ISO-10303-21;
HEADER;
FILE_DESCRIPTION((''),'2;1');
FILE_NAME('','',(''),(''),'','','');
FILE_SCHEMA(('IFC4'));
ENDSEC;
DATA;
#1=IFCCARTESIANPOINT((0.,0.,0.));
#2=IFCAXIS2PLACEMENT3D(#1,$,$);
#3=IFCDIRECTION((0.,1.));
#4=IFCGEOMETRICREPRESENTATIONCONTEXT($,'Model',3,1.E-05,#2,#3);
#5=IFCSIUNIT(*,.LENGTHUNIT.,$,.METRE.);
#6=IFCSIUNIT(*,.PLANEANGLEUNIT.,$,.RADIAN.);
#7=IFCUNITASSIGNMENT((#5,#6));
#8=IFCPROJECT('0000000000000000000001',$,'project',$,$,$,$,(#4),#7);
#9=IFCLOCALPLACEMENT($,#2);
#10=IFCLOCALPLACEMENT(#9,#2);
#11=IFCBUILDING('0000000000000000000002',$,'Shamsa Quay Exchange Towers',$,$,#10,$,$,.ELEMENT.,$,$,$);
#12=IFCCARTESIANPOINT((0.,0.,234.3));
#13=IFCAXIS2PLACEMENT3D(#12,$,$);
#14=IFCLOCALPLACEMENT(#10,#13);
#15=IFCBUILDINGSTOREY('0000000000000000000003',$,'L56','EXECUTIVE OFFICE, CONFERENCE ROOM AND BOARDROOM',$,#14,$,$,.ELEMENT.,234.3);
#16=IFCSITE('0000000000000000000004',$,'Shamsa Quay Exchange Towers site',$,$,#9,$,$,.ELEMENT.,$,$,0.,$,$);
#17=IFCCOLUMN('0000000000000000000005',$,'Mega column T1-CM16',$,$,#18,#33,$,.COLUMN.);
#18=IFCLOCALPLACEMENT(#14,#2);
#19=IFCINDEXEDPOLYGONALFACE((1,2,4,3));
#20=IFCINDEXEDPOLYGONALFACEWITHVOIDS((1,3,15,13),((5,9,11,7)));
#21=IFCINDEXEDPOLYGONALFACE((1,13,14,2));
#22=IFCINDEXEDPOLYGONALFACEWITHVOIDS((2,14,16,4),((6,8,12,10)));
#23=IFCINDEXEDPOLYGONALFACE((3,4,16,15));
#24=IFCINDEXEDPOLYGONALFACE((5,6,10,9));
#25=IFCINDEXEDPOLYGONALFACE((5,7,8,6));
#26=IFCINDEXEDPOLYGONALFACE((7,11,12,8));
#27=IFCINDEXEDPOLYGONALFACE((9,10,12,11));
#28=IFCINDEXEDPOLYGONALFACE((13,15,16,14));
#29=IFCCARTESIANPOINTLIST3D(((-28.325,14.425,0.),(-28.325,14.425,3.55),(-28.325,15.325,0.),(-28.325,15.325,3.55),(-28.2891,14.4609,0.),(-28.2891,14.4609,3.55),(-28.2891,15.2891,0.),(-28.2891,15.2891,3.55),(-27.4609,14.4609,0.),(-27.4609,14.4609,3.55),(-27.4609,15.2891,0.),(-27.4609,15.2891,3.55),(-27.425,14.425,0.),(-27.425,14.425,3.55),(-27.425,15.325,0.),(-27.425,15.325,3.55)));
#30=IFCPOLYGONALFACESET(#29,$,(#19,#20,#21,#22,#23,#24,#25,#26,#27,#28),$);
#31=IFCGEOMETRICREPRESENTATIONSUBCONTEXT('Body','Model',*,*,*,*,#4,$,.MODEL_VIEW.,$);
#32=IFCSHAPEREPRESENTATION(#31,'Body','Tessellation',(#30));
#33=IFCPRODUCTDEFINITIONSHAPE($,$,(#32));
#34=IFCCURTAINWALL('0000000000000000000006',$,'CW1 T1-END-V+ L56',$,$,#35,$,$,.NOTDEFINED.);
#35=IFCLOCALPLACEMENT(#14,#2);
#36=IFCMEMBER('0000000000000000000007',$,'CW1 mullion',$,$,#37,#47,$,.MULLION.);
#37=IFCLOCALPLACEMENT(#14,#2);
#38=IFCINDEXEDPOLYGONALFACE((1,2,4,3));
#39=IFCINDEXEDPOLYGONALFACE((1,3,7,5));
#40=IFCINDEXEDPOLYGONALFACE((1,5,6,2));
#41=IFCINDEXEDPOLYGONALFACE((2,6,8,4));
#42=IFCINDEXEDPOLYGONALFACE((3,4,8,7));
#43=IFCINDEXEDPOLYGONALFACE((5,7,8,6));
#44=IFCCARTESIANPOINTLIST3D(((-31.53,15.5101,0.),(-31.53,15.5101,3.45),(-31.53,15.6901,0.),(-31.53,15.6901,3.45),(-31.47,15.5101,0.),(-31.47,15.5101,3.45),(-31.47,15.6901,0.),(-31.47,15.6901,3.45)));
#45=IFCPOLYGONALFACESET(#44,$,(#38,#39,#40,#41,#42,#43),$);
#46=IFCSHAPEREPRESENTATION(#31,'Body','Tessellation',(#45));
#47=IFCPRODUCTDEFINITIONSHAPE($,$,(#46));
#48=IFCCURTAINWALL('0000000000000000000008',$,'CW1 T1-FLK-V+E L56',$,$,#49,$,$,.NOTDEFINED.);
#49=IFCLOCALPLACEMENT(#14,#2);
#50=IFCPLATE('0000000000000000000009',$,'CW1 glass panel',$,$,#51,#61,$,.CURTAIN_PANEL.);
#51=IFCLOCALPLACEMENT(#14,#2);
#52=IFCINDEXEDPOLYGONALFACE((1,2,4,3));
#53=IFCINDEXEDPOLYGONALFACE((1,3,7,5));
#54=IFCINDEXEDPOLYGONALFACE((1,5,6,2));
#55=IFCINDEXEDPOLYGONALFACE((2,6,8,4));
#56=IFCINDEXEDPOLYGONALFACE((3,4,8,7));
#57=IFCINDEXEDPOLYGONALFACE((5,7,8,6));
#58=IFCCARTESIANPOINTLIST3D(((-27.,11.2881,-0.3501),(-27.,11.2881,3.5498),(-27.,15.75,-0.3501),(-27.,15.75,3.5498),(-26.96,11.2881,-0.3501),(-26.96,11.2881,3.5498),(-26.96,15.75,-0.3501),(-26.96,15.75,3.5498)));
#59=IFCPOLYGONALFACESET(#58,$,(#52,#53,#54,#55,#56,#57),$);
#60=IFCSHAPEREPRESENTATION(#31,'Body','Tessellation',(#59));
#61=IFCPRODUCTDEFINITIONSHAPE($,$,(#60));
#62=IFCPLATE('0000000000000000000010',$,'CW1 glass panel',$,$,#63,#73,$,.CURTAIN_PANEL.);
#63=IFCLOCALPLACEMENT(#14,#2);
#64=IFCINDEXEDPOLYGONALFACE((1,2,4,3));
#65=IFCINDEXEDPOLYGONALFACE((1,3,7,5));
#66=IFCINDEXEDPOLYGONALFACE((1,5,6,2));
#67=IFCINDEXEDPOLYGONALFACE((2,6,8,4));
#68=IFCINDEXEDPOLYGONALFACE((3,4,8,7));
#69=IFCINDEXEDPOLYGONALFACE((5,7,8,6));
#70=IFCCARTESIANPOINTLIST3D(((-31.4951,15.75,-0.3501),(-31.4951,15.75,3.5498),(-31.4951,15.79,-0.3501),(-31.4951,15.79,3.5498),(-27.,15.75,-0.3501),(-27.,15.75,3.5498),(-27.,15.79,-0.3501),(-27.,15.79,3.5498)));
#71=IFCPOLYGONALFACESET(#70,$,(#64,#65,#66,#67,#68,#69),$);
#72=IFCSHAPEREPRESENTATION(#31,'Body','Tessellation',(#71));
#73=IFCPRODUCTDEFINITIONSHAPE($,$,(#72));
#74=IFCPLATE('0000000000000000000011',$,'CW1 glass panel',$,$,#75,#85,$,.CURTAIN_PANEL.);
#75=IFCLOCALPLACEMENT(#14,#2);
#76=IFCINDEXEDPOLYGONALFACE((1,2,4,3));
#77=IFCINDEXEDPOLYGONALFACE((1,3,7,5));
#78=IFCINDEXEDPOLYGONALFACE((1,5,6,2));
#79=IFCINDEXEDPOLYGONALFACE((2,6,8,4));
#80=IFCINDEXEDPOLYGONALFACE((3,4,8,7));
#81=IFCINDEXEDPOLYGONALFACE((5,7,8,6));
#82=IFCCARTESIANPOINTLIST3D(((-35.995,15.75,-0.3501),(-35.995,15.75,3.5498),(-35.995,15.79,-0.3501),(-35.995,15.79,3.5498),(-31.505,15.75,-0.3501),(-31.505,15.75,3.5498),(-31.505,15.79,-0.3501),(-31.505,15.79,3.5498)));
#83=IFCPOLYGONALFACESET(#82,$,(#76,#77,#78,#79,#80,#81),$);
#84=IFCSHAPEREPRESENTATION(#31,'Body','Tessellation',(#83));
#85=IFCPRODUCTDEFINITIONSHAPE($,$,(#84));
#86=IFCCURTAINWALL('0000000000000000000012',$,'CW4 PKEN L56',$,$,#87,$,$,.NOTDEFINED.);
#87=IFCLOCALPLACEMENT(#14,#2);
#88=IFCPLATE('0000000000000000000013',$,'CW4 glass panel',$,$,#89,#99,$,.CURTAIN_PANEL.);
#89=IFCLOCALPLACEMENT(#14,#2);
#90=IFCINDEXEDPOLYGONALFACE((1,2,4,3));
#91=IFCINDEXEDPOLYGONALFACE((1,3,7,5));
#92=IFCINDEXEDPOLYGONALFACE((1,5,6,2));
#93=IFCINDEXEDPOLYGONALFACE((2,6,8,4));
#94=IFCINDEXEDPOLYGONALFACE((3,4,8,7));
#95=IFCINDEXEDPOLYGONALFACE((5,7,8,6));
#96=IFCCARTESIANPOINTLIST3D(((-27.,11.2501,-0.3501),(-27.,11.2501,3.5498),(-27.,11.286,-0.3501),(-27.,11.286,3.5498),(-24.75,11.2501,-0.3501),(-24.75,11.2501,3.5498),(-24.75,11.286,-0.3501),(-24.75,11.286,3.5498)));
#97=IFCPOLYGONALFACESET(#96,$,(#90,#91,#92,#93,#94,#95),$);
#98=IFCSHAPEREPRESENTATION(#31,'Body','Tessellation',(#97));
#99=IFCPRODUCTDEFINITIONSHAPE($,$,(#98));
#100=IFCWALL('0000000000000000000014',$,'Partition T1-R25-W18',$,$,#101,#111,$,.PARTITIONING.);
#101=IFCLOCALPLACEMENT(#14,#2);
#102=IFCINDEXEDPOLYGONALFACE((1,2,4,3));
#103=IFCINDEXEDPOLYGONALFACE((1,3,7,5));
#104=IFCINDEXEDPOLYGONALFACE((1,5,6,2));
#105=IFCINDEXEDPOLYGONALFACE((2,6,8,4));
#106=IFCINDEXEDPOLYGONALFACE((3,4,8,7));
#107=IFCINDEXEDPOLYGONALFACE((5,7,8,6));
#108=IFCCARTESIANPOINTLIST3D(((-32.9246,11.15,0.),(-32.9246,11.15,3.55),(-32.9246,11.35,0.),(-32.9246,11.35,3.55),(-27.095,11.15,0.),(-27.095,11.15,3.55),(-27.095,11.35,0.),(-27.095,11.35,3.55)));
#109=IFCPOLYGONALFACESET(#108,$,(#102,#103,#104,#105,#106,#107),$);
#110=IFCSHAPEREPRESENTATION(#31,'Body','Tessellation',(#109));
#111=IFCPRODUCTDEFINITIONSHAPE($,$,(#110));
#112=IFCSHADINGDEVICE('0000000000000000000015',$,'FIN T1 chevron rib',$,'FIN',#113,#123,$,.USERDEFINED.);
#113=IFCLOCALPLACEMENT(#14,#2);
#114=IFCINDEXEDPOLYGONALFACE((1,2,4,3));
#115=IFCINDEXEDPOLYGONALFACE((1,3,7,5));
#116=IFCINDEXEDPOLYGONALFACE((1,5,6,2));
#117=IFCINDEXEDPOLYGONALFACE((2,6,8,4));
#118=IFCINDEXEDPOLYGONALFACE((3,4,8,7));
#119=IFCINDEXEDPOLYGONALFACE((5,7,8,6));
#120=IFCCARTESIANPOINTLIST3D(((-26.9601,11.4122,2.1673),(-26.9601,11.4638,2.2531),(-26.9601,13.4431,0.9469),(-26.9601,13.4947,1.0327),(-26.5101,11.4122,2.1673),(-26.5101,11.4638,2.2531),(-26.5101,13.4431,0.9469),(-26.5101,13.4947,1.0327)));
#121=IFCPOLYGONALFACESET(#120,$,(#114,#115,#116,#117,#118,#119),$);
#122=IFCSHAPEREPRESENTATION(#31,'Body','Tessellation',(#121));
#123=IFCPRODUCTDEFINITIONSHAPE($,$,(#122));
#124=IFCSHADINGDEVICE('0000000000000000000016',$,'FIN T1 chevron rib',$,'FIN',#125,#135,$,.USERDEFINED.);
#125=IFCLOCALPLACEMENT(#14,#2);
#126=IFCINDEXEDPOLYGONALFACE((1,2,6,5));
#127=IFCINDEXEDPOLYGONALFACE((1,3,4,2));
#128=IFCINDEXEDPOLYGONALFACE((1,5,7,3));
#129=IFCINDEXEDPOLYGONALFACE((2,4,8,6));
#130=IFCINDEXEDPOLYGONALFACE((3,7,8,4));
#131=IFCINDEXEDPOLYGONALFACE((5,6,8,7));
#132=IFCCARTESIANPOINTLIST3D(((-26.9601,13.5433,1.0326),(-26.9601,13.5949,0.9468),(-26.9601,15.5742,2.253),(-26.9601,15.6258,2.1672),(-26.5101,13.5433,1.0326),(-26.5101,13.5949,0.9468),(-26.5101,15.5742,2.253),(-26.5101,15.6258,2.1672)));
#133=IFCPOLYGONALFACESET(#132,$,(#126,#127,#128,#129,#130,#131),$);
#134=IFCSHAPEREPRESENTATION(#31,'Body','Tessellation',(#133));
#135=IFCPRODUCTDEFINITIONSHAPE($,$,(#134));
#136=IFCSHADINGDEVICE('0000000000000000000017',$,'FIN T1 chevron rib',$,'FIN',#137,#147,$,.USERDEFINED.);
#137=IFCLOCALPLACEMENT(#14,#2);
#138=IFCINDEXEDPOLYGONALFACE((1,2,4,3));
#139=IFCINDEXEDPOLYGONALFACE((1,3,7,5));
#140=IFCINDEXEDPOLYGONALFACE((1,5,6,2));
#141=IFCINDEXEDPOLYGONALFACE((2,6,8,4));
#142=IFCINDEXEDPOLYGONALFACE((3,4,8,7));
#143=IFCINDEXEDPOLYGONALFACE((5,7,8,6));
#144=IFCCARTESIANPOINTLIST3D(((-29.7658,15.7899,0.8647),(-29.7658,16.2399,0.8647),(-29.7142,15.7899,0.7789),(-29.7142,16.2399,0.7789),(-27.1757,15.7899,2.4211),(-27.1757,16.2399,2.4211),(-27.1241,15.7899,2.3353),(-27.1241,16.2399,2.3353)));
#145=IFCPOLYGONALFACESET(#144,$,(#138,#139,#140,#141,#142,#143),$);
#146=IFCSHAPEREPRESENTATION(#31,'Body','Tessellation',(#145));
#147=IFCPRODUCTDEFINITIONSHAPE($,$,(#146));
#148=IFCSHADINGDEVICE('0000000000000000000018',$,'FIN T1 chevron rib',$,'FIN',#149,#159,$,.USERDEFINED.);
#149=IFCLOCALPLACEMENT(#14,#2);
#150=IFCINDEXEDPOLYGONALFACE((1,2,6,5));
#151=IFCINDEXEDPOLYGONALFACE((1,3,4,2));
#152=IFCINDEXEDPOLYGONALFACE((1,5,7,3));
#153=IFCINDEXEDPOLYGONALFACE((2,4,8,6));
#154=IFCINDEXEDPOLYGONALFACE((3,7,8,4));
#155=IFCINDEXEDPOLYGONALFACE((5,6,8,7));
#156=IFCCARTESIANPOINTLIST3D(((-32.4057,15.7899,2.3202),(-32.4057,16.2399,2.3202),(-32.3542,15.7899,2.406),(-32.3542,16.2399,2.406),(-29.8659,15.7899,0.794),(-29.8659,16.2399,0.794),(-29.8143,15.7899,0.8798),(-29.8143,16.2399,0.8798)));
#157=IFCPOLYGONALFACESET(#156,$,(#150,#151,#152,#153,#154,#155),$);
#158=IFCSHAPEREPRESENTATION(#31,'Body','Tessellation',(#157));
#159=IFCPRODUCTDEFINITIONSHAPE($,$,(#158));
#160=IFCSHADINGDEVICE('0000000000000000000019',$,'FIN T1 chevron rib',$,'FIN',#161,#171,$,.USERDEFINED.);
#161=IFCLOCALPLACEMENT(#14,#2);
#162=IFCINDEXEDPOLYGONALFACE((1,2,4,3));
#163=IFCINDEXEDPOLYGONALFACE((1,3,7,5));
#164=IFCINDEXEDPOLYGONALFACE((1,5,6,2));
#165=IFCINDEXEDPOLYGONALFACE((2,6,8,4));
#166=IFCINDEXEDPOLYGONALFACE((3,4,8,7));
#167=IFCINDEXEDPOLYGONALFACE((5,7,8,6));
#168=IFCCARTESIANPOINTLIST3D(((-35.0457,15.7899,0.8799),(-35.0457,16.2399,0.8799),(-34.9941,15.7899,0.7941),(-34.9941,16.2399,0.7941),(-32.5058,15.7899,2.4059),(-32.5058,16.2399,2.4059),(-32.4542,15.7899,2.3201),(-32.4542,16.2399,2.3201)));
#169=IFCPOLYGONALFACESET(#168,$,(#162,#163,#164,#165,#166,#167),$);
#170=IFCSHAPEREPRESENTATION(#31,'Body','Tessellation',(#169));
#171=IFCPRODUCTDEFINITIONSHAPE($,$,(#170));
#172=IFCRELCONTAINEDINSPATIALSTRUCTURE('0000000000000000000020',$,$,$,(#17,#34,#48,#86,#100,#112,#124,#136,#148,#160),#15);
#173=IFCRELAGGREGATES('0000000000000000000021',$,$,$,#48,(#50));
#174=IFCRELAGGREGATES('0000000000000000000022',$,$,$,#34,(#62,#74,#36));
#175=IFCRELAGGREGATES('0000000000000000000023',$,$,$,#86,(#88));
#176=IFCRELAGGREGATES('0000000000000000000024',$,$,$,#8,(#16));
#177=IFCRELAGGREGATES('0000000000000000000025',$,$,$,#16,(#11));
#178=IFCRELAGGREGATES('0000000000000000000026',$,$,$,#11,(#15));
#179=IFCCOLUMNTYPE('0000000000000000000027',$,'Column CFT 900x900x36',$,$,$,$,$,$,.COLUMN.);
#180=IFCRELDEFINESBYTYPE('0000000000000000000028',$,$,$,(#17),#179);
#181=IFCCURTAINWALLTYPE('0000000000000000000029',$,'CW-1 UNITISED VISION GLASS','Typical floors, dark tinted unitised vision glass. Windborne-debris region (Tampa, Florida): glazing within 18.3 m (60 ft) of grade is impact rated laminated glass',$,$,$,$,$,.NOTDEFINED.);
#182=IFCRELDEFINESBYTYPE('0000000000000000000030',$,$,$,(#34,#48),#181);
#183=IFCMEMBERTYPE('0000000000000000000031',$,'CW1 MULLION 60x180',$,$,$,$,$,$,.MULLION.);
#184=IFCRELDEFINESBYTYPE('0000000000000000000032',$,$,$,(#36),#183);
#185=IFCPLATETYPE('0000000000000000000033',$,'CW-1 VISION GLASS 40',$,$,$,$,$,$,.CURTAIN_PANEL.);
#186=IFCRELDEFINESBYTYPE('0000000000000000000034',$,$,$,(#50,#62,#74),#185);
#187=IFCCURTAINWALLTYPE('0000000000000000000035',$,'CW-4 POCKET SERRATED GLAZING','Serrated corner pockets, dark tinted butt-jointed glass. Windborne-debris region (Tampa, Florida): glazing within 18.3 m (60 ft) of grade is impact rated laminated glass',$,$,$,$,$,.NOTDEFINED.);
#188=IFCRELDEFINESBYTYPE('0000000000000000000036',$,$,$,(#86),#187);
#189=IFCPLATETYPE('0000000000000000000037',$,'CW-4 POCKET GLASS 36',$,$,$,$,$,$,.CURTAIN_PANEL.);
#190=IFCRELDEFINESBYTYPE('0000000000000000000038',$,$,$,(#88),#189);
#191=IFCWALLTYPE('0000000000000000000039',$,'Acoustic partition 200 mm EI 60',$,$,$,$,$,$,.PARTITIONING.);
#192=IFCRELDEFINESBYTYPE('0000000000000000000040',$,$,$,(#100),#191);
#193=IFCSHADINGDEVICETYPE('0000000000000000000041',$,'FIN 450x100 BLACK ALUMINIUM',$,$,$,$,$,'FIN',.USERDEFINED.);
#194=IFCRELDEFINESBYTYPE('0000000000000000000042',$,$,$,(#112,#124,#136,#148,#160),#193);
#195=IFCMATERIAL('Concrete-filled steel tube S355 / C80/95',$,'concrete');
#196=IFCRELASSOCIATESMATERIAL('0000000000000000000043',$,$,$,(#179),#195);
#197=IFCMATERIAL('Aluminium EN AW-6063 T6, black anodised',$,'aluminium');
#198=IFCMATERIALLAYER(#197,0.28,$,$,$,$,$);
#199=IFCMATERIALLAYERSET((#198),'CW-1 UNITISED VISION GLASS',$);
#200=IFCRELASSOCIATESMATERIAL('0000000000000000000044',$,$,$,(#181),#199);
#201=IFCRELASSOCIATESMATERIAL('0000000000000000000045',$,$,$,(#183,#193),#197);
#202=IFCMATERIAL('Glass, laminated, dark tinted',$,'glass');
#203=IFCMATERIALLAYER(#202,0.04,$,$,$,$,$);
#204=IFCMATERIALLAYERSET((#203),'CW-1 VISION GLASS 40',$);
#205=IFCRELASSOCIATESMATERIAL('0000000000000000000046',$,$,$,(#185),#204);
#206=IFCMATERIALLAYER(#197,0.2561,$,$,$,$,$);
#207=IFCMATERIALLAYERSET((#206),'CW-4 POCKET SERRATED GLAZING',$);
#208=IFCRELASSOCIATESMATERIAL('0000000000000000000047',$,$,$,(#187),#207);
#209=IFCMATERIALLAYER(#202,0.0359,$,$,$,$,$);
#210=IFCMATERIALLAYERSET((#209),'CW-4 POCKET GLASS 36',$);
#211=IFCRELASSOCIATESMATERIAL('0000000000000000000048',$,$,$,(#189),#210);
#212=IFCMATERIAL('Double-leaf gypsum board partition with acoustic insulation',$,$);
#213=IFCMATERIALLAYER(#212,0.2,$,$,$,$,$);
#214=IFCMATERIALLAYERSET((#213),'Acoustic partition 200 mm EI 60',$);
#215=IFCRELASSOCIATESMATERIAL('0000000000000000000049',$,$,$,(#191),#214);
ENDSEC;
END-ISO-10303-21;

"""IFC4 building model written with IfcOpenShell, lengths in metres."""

from ifc_helpers import new_model, si_unit, direction, frame, frame_2d, origin, origin_2d, place, context, subcontext, project, spatial, rectangle, hollow_rectangle, extrude, material, layer, layer_set, material_profile, profile_set, type_object, element, aggregate, save


model = new_model("IFC4")

# Units and contexts
model_context = context("Model", 3, precision=1e-05, world=origin(), true_north=direction((0.0, 1.0)))
body_context = subcontext(model_context, "Body", "Model", "MODEL_VIEW")
ifc_project = project(units=[si_unit("LENGTHUNIT", "METRE"), si_unit("PLANEANGLEUNIT", "RADIAN")], contexts=[model_context])

# Site, building, storey
site_placement = place(None, origin())
site = spatial("IfcSite", under=ifc_project, at=site_placement, Name="Shamsa Quay Exchange Towers site", CompositionType="ELEMENT", RefElevation=0.0)
building_placement = place(site_placement, origin())
building = spatial("IfcBuilding", under=site, at=building_placement, Name="Shamsa Quay Exchange Towers", CompositionType="ELEMENT")
storey_placement = place(building_placement, frame((0.0, 0.0, 234.3)))
storey = spatial("IfcBuildingStorey", under=building, at=storey_placement, Name="L56", Description="EXECUTIVE OFFICE, CONFERENCE ROOM AND BOARDROOM", CompositionType="ELEMENT", Elevation=234.3)

# Column
ifc_material_1 = material(Name="Concrete-filled steel tube S355 / C80/95", Category="concrete")
ifc_material_profile_1 = material_profile(ifc_material_1, hollow_rectangle(XDim=0.8999, YDim=0.8999, WallThickness=0.0359, at=origin_2d()), Name="CFT 900x900x36")
ifc_profile_set_1 = profile_set([ifc_material_profile_1], Name="Concrete-filled steel tube S355 / C80/95")
column_type = type_object("IfcColumnType", Name="Column CFT 900x900x36", PredefinedType="COLUMN", material=ifc_profile_set_1)
column_placement = place(storey_placement, frame((-27.875, 14.875, 0.0)))
element("IfcColumn", 1, at=column_placement, inside=storey, type_object=column_type, Name="Mega column T1-CM16", PredefinedType="COLUMN", context=body_context, shape_type="SweptSolid", body=[
    extrude(hollow_rectangle(XDim=0.8999, YDim=0.8999, WallThickness=0.0359, at=origin_2d()), origin(), (0.0, 0.0, 1.0), 3.55),
])

# Curtain wall, member
ifc_material_2 = material(Name="Aluminium EN AW-6063 T6, black anodised", Category="aluminium")
ifc_layer_1 = layer(ifc_material_2, 0.28)
ifc_layer_set_1 = layer_set([ifc_layer_1], Name="CW-1 UNITISED VISION GLASS")
curtain_wall_type_1 = type_object("IfcCurtainWallType", Name="CW-1 UNITISED VISION GLASS", Description="Typical floors, dark tinted unitised vision glass. Windborne-debris region (Tampa, Florida): glazing within 18.3 m (60 ft) of grade is impact rated laminated glass", PredefinedType="NOTDEFINED", material=ifc_layer_set_1)
curtain_wall_1_placement = place(storey_placement, origin())
curtain_wall_1 = element("IfcCurtainWall", 2, at=curtain_wall_1_placement, inside=storey, type_object=curtain_wall_type_1, Name="CW1 T1-END-V+ L56", PredefinedType="NOTDEFINED")
ifc_material_profile_2 = material_profile(ifc_material_2, rectangle(XDim=0.1799, YDim=0.0601, at=origin_2d()), Name="MU60x180")
ifc_profile_set_2 = profile_set([ifc_material_profile_2], Name="Aluminium EN AW-6063 T6, black anodised")
member_type = type_object("IfcMemberType", Name="CW1 MULLION 60x180", PredefinedType="MULLION", material=ifc_profile_set_2)
member_placement = place(storey_placement, frame((-31.5, 15.6001, 0.0), z_axis=(0.0, 0.0, 1.0), x_axis=(0.0, -1.0, 0.0)))
member = element("IfcMember", 3, at=member_placement, type_object=member_type, Name="CW1 mullion", PredefinedType="MULLION", context=body_context, shape_type="SweptSolid", body=[
    extrude(rectangle(XDim=0.1799, YDim=0.0601, at=origin_2d()), origin(), (0.0, 0.0, 1.0), 3.45),
])

# Curtain wall, plate
curtain_wall_2_placement = place(storey_placement, origin())
curtain_wall_2 = element("IfcCurtainWall", 4, at=curtain_wall_2_placement, inside=storey, type_object=curtain_wall_type_1, Name="CW1 T1-FLK-V+E L56", PredefinedType="NOTDEFINED")
ifc_material_3 = material(Name="Glass, laminated, dark tinted", Category="glass")
ifc_layer_2 = layer(ifc_material_3, 0.04)
ifc_layer_set_2 = layer_set([ifc_layer_2], Name="CW-1 VISION GLASS 40")
plate_type_1 = type_object("IfcPlateType", Name="CW-1 VISION GLASS 40", PredefinedType="CURTAIN_PANEL", material=ifc_layer_set_2)
plate_1_placement = place(storey_placement, frame((-26.98, 13.519, -0.3501), z_axis=(0.0, 0.0, 1.0), x_axis=(0.0, 1.0, 0.0)))
plate_1 = element("IfcPlate", 5, at=plate_1_placement, type_object=plate_type_1, Name="CW1 glass panel", PredefinedType="CURTAIN_PANEL", context=body_context, shape_type="SweptSolid", body=[
    extrude(rectangle(XDim=4.4619, YDim=0.04, at=origin_2d()), origin(), (0.0, 0.0, 1.0), 3.8999),
])
aggregate(curtain_wall_2, [plate_1])

# Plates
plate_2_placement = place(storey_placement, frame((-29.2476, 15.77, -0.3501), z_axis=(0.0, 0.0, 1.0), x_axis=(-1.0, 0.0, 0.0)))
plate_2 = element("IfcPlate", 6, at=plate_2_placement, type_object=plate_type_1, Name="CW1 glass panel", PredefinedType="CURTAIN_PANEL", context=body_context, shape_type="SweptSolid", body=[
    extrude(rectangle(XDim=4.4951, YDim=0.04, at=origin_2d()), origin(), (0.0, 0.0, 1.0), 3.8999),
])
plate_3_placement = place(storey_placement, frame((-33.75, 15.77, -0.3501), z_axis=(0.0, 0.0, 1.0), x_axis=(-1.0, 0.0, 0.0)))
plate_3 = element("IfcPlate", 7, at=plate_3_placement, type_object=plate_type_1, Name="CW1 glass panel", PredefinedType="CURTAIN_PANEL", context=body_context, shape_type="SweptSolid", body=[
    extrude(rectangle(XDim=4.49, YDim=0.04, at=origin_2d()), origin(), (0.0, 0.0, 1.0), 3.8999),
])
aggregate(curtain_wall_1, [plate_2, plate_3, member])

# Curtain wall, plate
ifc_layer_3 = layer(ifc_material_2, 0.2561)
ifc_layer_set_3 = layer_set([ifc_layer_3], Name="CW-4 POCKET SERRATED GLAZING")
curtain_wall_type_2 = type_object("IfcCurtainWallType", Name="CW-4 POCKET SERRATED GLAZING", Description="Serrated corner pockets, dark tinted butt-jointed glass. Windborne-debris region (Tampa, Florida): glazing within 18.3 m (60 ft) of grade is impact rated laminated glass", PredefinedType="NOTDEFINED", material=ifc_layer_set_3)
curtain_wall_3_placement = place(storey_placement, origin())
curtain_wall_3 = element("IfcCurtainWall", 8, at=curtain_wall_3_placement, inside=storey, type_object=curtain_wall_type_2, Name="CW4 PKEN L56", PredefinedType="NOTDEFINED")
ifc_layer_4 = layer(ifc_material_3, 0.0359)
ifc_layer_set_4 = layer_set([ifc_layer_4], Name="CW-4 POCKET GLASS 36")
plate_type_2 = type_object("IfcPlateType", Name="CW-4 POCKET GLASS 36", PredefinedType="CURTAIN_PANEL", material=ifc_layer_set_4)
plate_4_placement = place(storey_placement, frame((-25.875, 11.2681, -0.3501), z_axis=(0.0, 0.0, 1.0), x_axis=(-1.0, 0.0, 0.0)))
plate_4 = element("IfcPlate", 9, at=plate_4_placement, type_object=plate_type_2, Name="CW4 glass panel", PredefinedType="CURTAIN_PANEL", context=body_context, shape_type="SweptSolid", body=[
    extrude(rectangle(XDim=2.25, YDim=0.0359, at=origin_2d()), origin(), (0.0, 0.0, 1.0), 3.8999),
])
aggregate(curtain_wall_3, [plate_4])

# Wall
ifc_material_4 = material(Name="Double-leaf gypsum board partition with acoustic insulation")
ifc_layer_5 = layer(ifc_material_4, 0.2)
ifc_layer_set_5 = layer_set([ifc_layer_5], Name="Acoustic partition 200 mm EI 60")
wall_type = type_object("IfcWallType", Name="Acoustic partition 200 mm EI 60", PredefinedType="PARTITIONING", material=ifc_layer_set_5)
wall_placement = place(storey_placement, frame((-27.095, 11.25, 0.0), z_axis=(0.0, 0.0, 1.0), x_axis=(-1.0, 0.0, 0.0)))
element("IfcWall", 10, at=wall_placement, inside=storey, type_object=wall_type, Name="Partition T1-R25-W18", PredefinedType="PARTITIONING", context=body_context, shape_type="SweptSolid", body=[
    extrude(rectangle(XDim=5.8296, YDim=0.2, at=frame_2d((2.9148, 0.0))), origin(), (0.0, 0.0, 1.0), 3.55),
])

# Shading devices
ifc_material_profile_3 = material_profile(ifc_material_2, rectangle(XDim=0.45, YDim=0.1001, at=origin_2d()), Name="FIN450x100")
ifc_profile_set_3 = profile_set([ifc_material_profile_3], Name="Aluminium EN AW-6063 T6, black anodised")
shading_device_type = type_object("IfcShadingDeviceType", Name="FIN 450x100 BLACK ALUMINIUM", ElementType="FIN", PredefinedType="USERDEFINED", material=ifc_profile_set_3)
for number, where, z_axis, x_axis, name in (
    (11, (-26.7351, 11.438, 2.2102), (0.0, 0.857147, -0.515071), (-1.0, 0.0, 0.0), "FIN T1 chevron rib"),
    (12, (-26.7351, 13.5691, 0.9897), (0.0, 0.857147, 0.515071), (-1.0, 0.0, 0.0), "FIN T1 chevron rib"),
):
    element("IfcShadingDevice", number, at=place(storey_placement, frame(where, z_axis=z_axis, x_axis=x_axis)), inside=storey, type_object=shading_device_type, Name=name, ObjectType="FIN", PredefinedType="USERDEFINED", context=body_context, shape_type="SweptSolid", body=[
        extrude(rectangle(XDim=0.45, YDim=0.1001, at=origin_2d()), origin(), (0.0, 0.0, 1.0), 2.3694),
    ])
shading_device_placement = place(storey_placement, frame((-27.1499, 16.0149, 2.3782), z_axis=(-0.857151, 0.0, -0.515066), x_axis=(0.0, -1.0, 0.0)))
element("IfcShadingDevice", 13, at=shading_device_placement, inside=storey, type_object=shading_device_type, Name="FIN T1 chevron rib", ObjectType="FIN", PredefinedType="USERDEFINED", context=body_context, shape_type="SweptSolid", body=[
    extrude(rectangle(XDim=0.45, YDim=0.1001, at=origin_2d()), origin(), (0.0, 0.0, 1.0), 3.0217),
])
for number, where, z_axis, x_axis, name in (
    (14, (-29.8401, 16.0149, 0.8369), (-0.857158, 0.0, 0.515053), (0.0, -1.0, 0.0), "FIN T1 chevron rib"),
    (15, (-32.48, 16.0149, 2.363), (-0.85718, 0.0, -0.515017), (0.0, -1.0, 0.0), "FIN T1 chevron rib"),
):
    element("IfcShadingDevice", number, at=place(storey_placement, frame(where, z_axis=z_axis, x_axis=x_axis)), inside=storey, type_object=shading_device_type, Name=name, ObjectType="FIN", PredefinedType="USERDEFINED", context=body_context, shape_type="SweptSolid", body=[
        extrude(rectangle(XDim=0.45, YDim=0.1001, at=origin_2d()), origin(), (0.0, 0.0, 1.0), 2.9631),
    ])

save(model, "model.ifc")
